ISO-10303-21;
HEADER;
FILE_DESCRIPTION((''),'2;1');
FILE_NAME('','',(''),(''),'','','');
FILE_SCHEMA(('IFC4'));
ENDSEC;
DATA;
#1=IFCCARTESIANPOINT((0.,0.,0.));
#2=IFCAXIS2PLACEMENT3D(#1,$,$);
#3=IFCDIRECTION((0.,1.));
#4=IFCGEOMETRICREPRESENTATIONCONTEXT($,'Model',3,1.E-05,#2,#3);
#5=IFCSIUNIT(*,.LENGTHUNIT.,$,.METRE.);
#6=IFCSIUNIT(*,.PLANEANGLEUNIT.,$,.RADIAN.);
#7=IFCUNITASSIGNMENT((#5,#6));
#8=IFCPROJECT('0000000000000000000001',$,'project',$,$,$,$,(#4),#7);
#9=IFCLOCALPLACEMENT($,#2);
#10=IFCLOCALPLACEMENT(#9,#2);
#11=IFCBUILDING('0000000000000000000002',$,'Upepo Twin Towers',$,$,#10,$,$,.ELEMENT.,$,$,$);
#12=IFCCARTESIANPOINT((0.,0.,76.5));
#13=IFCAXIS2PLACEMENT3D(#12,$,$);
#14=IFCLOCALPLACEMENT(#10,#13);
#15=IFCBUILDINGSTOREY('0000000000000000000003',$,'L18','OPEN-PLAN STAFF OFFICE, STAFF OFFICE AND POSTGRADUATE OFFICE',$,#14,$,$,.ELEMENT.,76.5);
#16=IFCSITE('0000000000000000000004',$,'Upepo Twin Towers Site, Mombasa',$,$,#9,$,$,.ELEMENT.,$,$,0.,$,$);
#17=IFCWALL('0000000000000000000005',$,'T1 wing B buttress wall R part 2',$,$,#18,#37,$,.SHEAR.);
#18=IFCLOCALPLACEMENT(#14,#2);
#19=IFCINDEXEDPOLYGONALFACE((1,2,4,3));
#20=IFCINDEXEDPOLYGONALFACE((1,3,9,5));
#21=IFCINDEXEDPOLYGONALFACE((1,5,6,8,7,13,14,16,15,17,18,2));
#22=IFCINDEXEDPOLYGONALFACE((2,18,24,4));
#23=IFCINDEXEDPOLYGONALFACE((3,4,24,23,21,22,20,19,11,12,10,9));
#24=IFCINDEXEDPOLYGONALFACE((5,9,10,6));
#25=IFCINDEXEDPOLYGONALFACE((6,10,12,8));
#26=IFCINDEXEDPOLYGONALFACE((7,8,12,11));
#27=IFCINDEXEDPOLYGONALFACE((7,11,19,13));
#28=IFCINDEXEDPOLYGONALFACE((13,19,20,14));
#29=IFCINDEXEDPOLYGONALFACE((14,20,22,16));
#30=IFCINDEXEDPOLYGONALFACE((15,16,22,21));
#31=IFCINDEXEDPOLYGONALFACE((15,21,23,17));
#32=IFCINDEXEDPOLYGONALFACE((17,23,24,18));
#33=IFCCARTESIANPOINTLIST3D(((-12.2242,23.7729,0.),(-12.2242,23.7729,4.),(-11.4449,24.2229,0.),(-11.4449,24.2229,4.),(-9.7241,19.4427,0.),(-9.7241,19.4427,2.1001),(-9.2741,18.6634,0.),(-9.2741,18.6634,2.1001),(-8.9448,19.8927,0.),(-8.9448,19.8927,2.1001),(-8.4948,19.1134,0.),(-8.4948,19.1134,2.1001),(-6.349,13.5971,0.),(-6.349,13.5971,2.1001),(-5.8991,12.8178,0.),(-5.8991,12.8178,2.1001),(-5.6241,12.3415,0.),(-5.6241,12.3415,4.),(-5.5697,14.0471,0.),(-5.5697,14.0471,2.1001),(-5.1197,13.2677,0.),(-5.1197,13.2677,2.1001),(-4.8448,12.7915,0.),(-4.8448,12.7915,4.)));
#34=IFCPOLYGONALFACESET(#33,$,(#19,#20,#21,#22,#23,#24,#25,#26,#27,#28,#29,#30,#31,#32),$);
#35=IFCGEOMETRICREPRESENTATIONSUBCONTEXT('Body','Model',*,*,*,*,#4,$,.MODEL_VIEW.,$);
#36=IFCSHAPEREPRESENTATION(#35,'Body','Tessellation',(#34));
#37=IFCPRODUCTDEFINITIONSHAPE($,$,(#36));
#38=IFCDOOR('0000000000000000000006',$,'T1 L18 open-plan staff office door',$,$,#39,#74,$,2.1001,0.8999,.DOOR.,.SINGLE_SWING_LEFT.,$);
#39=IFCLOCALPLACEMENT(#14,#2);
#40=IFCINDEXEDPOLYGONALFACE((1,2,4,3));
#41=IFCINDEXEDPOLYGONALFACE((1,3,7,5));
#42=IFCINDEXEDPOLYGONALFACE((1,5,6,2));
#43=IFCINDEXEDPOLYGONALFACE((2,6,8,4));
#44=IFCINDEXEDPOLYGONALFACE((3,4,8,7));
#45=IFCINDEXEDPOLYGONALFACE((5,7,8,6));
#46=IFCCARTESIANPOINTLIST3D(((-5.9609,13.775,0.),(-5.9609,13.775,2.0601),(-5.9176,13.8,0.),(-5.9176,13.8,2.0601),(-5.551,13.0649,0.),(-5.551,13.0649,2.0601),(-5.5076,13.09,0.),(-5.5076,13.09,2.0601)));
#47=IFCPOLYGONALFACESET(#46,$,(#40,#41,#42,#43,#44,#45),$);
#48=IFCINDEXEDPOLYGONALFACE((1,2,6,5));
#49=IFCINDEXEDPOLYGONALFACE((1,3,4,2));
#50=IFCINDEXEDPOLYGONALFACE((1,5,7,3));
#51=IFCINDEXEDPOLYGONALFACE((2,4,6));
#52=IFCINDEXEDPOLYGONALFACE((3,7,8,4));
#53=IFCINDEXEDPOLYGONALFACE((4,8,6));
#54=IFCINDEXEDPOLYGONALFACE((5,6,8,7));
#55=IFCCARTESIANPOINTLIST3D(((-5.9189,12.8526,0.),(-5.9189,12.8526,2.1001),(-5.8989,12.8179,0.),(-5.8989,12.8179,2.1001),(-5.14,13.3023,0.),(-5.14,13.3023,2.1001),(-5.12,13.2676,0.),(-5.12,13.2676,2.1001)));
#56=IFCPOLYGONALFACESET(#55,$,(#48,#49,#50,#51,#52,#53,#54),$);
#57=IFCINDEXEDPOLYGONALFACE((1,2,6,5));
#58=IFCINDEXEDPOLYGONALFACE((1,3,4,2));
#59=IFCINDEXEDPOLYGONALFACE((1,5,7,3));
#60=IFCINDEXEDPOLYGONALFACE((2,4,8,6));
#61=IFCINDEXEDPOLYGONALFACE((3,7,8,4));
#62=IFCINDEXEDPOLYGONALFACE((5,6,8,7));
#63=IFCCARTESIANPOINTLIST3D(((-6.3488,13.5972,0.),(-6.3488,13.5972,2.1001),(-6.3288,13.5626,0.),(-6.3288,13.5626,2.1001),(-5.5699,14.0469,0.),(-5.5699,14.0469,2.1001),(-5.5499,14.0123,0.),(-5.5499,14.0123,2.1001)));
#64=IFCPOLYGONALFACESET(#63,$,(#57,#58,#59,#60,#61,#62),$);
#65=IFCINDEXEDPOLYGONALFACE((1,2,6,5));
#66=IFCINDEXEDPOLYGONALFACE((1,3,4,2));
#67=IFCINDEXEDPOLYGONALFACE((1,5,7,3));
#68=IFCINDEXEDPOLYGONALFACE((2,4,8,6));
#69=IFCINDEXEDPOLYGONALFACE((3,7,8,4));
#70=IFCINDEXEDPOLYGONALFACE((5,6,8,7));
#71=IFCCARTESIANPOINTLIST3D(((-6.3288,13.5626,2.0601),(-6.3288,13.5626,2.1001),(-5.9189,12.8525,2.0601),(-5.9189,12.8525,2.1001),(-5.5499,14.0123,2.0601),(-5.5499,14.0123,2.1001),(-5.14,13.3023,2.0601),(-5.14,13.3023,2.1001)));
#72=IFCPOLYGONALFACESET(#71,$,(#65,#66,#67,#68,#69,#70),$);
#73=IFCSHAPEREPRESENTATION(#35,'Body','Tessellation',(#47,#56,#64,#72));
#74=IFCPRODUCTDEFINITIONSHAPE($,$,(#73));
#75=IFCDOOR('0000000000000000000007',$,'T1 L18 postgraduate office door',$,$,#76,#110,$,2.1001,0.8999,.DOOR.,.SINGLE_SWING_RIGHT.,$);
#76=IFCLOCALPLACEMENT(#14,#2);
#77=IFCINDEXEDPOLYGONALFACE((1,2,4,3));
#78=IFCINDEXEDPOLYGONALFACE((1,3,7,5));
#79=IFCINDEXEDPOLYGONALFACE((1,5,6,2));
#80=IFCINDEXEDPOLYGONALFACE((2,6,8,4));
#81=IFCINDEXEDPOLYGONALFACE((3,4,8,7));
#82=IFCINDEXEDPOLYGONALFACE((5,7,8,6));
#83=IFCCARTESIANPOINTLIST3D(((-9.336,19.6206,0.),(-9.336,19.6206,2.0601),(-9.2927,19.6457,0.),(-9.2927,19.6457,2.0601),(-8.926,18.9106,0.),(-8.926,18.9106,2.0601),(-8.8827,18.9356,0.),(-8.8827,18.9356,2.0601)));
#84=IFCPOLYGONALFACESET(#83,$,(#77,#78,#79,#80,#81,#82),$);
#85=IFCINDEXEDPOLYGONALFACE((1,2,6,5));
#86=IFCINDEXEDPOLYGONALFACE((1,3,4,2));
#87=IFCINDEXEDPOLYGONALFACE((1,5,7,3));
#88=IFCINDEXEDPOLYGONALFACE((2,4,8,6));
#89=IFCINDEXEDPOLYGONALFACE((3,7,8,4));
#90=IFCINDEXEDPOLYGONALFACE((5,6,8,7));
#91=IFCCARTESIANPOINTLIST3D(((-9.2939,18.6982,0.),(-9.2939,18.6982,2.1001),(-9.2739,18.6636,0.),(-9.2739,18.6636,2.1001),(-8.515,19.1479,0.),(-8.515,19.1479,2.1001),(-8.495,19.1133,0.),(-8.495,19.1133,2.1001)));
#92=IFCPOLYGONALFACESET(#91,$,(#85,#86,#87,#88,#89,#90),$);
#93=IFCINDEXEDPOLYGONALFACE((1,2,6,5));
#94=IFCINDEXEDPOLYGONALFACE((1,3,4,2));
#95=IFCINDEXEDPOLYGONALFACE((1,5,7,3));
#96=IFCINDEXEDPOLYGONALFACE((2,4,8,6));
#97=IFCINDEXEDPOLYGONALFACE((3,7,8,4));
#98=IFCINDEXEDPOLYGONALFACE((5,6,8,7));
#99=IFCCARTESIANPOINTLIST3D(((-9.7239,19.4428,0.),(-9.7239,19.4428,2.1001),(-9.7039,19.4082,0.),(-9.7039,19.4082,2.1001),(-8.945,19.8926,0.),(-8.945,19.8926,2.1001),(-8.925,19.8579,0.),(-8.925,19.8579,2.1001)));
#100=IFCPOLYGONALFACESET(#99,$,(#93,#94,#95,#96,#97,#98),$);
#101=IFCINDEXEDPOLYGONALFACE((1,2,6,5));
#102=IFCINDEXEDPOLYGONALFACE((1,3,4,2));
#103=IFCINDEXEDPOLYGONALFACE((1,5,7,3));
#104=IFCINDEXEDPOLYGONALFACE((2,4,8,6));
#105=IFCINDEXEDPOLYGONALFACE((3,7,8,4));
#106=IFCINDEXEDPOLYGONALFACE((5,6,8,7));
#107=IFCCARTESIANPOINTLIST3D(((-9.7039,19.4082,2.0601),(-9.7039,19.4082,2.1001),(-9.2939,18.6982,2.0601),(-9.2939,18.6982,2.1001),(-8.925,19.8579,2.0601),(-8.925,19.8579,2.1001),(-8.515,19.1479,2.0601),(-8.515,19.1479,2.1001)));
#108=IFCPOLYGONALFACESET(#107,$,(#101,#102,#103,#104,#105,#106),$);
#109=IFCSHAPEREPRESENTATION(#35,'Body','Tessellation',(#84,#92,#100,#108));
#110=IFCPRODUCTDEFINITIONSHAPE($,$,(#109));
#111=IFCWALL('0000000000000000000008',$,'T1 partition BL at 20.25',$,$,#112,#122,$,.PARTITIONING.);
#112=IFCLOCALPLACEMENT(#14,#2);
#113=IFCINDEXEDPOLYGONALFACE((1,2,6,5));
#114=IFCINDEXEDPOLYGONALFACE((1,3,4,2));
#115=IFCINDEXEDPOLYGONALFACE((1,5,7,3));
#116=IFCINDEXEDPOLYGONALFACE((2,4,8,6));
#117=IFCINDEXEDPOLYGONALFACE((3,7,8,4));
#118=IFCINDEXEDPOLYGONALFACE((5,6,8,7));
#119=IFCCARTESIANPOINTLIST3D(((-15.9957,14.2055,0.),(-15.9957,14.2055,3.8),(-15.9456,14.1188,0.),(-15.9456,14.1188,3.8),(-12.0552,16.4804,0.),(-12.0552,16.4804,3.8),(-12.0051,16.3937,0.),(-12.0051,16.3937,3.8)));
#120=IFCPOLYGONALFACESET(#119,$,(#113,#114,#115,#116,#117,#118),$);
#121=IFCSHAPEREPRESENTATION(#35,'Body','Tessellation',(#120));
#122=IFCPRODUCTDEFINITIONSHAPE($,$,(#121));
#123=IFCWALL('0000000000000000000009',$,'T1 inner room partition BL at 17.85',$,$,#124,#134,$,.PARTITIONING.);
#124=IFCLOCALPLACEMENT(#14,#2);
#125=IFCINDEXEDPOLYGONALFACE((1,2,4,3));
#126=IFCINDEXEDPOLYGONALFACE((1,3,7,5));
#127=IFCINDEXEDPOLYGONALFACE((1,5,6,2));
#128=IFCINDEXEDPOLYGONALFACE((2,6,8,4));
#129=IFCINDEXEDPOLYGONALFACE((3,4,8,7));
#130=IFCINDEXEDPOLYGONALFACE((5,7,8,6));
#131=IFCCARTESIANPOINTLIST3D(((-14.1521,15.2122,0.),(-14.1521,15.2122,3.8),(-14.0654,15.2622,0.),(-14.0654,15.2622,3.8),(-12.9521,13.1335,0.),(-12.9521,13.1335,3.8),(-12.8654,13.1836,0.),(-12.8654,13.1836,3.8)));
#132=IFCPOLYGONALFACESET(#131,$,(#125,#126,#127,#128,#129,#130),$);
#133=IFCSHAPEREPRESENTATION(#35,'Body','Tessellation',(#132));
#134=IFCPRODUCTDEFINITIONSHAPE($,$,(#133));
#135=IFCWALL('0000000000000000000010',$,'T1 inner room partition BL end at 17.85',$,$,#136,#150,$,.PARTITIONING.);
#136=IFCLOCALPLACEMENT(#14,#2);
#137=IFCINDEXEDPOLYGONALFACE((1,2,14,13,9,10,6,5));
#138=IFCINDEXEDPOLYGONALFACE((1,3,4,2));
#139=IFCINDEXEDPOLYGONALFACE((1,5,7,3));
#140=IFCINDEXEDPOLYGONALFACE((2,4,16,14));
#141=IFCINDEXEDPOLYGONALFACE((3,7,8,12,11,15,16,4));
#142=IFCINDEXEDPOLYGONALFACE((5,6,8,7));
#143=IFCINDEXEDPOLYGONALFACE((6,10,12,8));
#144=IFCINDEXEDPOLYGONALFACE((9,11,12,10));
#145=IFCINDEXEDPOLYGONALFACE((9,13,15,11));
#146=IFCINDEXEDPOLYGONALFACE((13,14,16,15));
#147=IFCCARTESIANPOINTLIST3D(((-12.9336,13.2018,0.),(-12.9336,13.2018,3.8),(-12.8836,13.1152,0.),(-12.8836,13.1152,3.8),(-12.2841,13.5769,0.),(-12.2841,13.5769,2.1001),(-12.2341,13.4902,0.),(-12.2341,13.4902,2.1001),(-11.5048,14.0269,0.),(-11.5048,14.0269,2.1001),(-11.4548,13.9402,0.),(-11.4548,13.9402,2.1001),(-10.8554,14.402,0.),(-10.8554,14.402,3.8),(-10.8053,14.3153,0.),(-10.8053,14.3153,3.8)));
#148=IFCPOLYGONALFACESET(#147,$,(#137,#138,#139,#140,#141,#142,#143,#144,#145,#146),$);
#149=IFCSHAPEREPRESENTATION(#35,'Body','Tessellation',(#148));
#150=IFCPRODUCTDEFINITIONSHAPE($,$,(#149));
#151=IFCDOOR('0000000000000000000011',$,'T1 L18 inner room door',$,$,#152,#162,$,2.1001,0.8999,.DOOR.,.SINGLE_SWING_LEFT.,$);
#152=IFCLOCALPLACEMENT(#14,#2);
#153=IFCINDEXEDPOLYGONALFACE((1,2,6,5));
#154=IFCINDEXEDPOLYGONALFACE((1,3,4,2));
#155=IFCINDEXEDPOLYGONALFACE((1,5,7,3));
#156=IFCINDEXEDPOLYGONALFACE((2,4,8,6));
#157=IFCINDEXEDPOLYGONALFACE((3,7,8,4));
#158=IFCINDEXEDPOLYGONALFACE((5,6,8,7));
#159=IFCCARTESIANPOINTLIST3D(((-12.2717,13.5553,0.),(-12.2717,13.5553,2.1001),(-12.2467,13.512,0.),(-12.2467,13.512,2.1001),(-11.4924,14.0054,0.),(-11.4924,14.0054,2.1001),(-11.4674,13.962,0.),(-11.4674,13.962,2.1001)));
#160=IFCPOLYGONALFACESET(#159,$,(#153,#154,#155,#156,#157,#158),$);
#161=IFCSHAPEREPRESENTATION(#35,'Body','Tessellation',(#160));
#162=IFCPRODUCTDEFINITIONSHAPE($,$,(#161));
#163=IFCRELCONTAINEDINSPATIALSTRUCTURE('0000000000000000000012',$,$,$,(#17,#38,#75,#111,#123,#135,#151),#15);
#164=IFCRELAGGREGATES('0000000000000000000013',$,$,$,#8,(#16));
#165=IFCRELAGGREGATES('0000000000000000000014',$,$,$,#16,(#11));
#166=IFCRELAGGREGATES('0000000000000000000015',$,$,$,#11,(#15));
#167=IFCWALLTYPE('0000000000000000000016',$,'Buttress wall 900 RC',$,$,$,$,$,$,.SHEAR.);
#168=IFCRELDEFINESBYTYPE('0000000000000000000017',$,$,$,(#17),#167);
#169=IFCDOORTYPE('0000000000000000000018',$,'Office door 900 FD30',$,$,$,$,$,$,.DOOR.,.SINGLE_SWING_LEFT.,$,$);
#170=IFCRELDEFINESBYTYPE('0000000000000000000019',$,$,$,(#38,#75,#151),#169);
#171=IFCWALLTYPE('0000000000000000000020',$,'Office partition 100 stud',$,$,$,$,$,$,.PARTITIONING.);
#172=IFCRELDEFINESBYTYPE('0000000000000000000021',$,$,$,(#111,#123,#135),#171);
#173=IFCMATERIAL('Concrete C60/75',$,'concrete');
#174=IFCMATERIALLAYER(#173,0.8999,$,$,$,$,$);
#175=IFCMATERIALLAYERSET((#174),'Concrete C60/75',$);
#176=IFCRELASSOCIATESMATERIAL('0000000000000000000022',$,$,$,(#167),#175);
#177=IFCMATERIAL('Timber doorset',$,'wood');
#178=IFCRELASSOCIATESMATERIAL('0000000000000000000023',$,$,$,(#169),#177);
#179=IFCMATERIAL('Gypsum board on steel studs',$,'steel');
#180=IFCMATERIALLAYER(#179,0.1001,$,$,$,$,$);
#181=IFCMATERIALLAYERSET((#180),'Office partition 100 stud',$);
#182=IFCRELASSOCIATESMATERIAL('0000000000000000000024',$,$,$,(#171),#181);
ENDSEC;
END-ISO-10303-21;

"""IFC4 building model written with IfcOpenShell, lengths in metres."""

from ifc_helpers import new_model, si_unit, direction, frame, frame_2d, origin, place, context, subcontext, project, spatial, rectangle, extrude, material, layer, layer_set, type_object, element, fill, save


model = new_model("IFC4")

# Units and contexts
model_context = context("Model", 3, precision=1e-05, world=origin(), true_north=direction((0.0, 1.0)))
body_context = subcontext(model_context, "Body", "Model", "MODEL_VIEW")
ifc_project = project(units=[si_unit("LENGTHUNIT", "METRE"), si_unit("PLANEANGLEUNIT", "RADIAN")], contexts=[model_context])

# Site, building, storey
site_placement = place(None, origin())
site = spatial("IfcSite", under=ifc_project, at=site_placement, Name="Upepo Twin Towers Site, Mombasa", CompositionType="ELEMENT", RefElevation=0.0)
building_placement = place(site_placement, origin())
building = spatial("IfcBuilding", under=site, at=building_placement, Name="Upepo Twin Towers", CompositionType="ELEMENT")
storey_placement = place(building_placement, frame((0.0, 0.0, 76.5)))
storey = spatial("IfcBuildingStorey", under=building, at=storey_placement, Name="L18", Description="OPEN-PLAN STAFF OFFICE, STAFF OFFICE AND POSTGRADUATE OFFICE", CompositionType="ELEMENT", Elevation=76.5)

# Wall, openings, doors
ifc_material_1 = material(Name="Concrete C60/75", Category="concrete")
ifc_layer_1 = layer(ifc_material_1, 0.8999)
ifc_layer_set_1 = layer_set([ifc_layer_1], Name="Concrete C60/75")
wall_type_1 = type_object("IfcWallType", Name="Buttress wall 900 RC", PredefinedType="SHEAR", material=ifc_layer_set_1)
ifc_material_2 = material(Name="Timber doorset", Category="wood")
door_type = type_object("IfcDoorType", Name="Office door 900 FD30", OperationType="SINGLE_SWING_LEFT", PredefinedType="DOOR", material=ifc_material_2)
wall_1_placement = place(storey_placement, frame((-5.2344, 12.5664, 0.0), z_axis=(0.0, 0.0, 1.0), x_axis=(-0.50001, 0.86602, 0.0)))
wall_1 = element("IfcWall", 1, at=wall_1_placement, inside=storey, type_object=wall_type_1, Name="T1 wing B buttress wall R part 2", PredefinedType="SHEAR", context=body_context, shape_type="SweptSolid", body=[
    extrude(rectangle(XDim=13.2, YDim=0.8999, at=frame_2d((6.6001, 0.0))), origin(), (0.0, 0.0, 1.0), 4.0),
])
opening_1_placement = place(wall_1_placement, frame((0.55, 0.0, 0.0)))
opening_1 = element("IfcOpeningElement", 2, at=opening_1_placement, cuts=wall_1, PredefinedType="OPENING", context=body_context, shape_type="SweptSolid", body=[
    extrude(rectangle(XDim=0.8999, YDim=2.1001, at=frame_2d((0.45, 1.05))), frame((0.0, 0.46, 0.0), z_axis=(0.0, -1.0, 0.0), x_axis=(1.0, 0.0, 0.0)), (0.0, 0.0, 1.0), 0.9199),
])
opening_2_placement = place(wall_1_placement, frame((7.3, 0.0, 0.0)))
opening_2 = element("IfcOpeningElement", 3, at=opening_2_placement, cuts=wall_1, PredefinedType="OPENING", context=body_context, shape_type="SweptSolid", body=[
    extrude(rectangle(XDim=0.8999, YDim=2.1001, at=frame_2d((0.45, 1.05))), frame((0.0, 0.46, 0.0), z_axis=(0.0, -1.0, 0.0), x_axis=(1.0, 0.0, 0.0)), (0.0, 0.0, 1.0), 0.9199),
])
door_1_placement = place(opening_1_placement, origin())
door_1 = element("IfcDoor", 4, at=door_1_placement, inside=storey, type_object=door_type, Name="T1 L18 open-plan staff office door", OperationType="SINGLE_SWING_LEFT", OverallHeight=2.1001, OverallWidth=0.8999, PredefinedType="DOOR", context=body_context, shape_type="SweptSolid", body=[
    extrude(rectangle(XDim=0.8199, YDim=2.0601, at=frame_2d((0.45, 1.03))), frame((0.0, 0.0249, 0.0), z_axis=(0.0, -1.0, 0.0), x_axis=(1.0, 0.0, 0.0)), (0.0, 0.0, 1.0), 0.05),
    extrude(rectangle(XDim=0.04, YDim=2.1001, at=frame_2d((0.02, 1.05))), frame((0.0, 0.4497, 0.0), z_axis=(0.0, -1.0, 0.0), x_axis=(1.0, 0.0, 0.0)), (0.0, 0.0, 1.0), 0.8994),
    extrude(rectangle(XDim=0.04, YDim=2.1001, at=frame_2d((0.8799, 1.05))), frame((0.0, 0.4497, 0.0), z_axis=(0.0, -1.0, 0.0), x_axis=(1.0, 0.0, 0.0)), (0.0, 0.0, 1.0), 0.8994),
    extrude(rectangle(XDim=0.8199, YDim=0.04, at=frame_2d((0.45, 2.0801))), frame((0.0, 0.4497, 0.0), z_axis=(0.0, -1.0, 0.0), x_axis=(1.0, 0.0, 0.0)), (0.0, 0.0, 1.0), 0.8994),
])
fill(opening_1, door_1)
door_2_placement = place(opening_2_placement, origin())
door_2 = element("IfcDoor", 5, at=door_2_placement, inside=storey, type_object=door_type, Name="T1 L18 postgraduate office door", OperationType="SINGLE_SWING_RIGHT", OverallHeight=2.1001, OverallWidth=0.8999, PredefinedType="DOOR", context=body_context, shape_type="SweptSolid", body=[
    extrude(rectangle(XDim=0.8199, YDim=2.0601, at=frame_2d((0.45, 1.03))), frame((0.0, 0.0249, 0.0), z_axis=(0.0, -1.0, 0.0), x_axis=(1.0, 0.0, 0.0)), (0.0, 0.0, 1.0), 0.05),
    extrude(rectangle(XDim=0.04, YDim=2.1001, at=frame_2d((0.02, 1.05))), frame((0.0, 0.4497, 0.0), z_axis=(0.0, -1.0, 0.0), x_axis=(1.0, 0.0, 0.0)), (0.0, 0.0, 1.0), 0.8994),
    extrude(rectangle(XDim=0.04, YDim=2.1001, at=frame_2d((0.8799, 1.05))), frame((0.0, 0.4497, 0.0), z_axis=(0.0, -1.0, 0.0), x_axis=(1.0, 0.0, 0.0)), (0.0, 0.0, 1.0), 0.8994),
    extrude(rectangle(XDim=0.8199, YDim=0.04, at=frame_2d((0.45, 2.0801))), frame((0.0, 0.4497, 0.0), z_axis=(0.0, -1.0, 0.0), x_axis=(1.0, 0.0, 0.0)), (0.0, 0.0, 1.0), 0.8994),
])
fill(opening_2, door_2)

# Walls
ifc_material_3 = material(Name="Gypsum board on steel studs", Category="steel")
ifc_layer_2 = layer(ifc_material_3, 0.1001)
ifc_layer_set_2 = layer_set([ifc_layer_2], Name="Office partition 100 stud")
wall_type_2 = type_object("IfcWallType", Name="Office partition 100 stud", PredefinedType="PARTITIONING", material=ifc_layer_set_2)
wall_2_placement = place(storey_placement, frame((-12.0303, 16.437, 0.0), z_axis=(0.0, 0.0, 1.0), x_axis=(-0.866035, -0.499983, 0.0)))
element("IfcWall", 6, at=wall_2_placement, inside=storey, type_object=wall_type_2, Name="T1 partition BL at 20.25", PredefinedType="PARTITIONING", context=body_context, shape_type="SweptSolid", body=[
    extrude(rectangle(XDim=4.55, YDim=0.1001, at=frame_2d((2.2749, 0.0))), origin(), (0.0, 0.0, 1.0), 3.8),
])
wall_3_placement = place(storey_placement, frame((-12.9087, 13.1584, 0.0), z_axis=(0.0, 0.0, 1.0), x_axis=(-0.499957, 0.86605, 0.0)))
element("IfcWall", 7, at=wall_3_placement, inside=storey, type_object=wall_type_2, Name="T1 inner room partition BL at 17.85", PredefinedType="PARTITIONING", context=body_context, shape_type="SweptSolid", body=[
    extrude(rectangle(XDim=2.4001, YDim=0.1001, at=frame_2d((1.2002, 0.0))), origin(), (0.0, 0.0, 1.0), 3.8),
])

# Wall, opening, door
wall_4_placement = place(storey_placement, frame((-10.8303, 14.3586, 0.0), z_axis=(0.0, 0.0, 1.0), x_axis=(-0.865981, -0.500078, 0.0)))
wall_4 = element("IfcWall", 8, at=wall_4_placement, inside=storey, type_object=wall_type_2, Name="T1 inner room partition BL end at 17.85", PredefinedType="PARTITIONING", context=body_context, shape_type="SweptSolid", body=[
    extrude(rectangle(XDim=2.3999, YDim=0.1001, at=frame_2d((1.2, 0.0))), origin(), (0.0, 0.0, 1.0), 3.8),
])
opening_3_placement = place(wall_4_placement, frame((0.75, 0.0, 0.0)))
opening_3 = element("IfcOpeningElement", 9, at=opening_3_placement, cuts=wall_4, PredefinedType="OPENING", context=body_context, shape_type="SweptSolid", body=[
    extrude(rectangle(XDim=0.8999, YDim=2.1001, at=frame_2d((0.45, 1.05))), frame((0.0, 0.0601, 0.0), z_axis=(0.0, -1.0, 0.0), x_axis=(1.0, 0.0, 0.0)), (0.0, 0.0, 1.0), 0.1201),
])
door_3_placement = place(opening_3_placement, origin())
door_3 = element("IfcDoor", 10, at=door_3_placement, inside=storey, type_object=door_type, Name="T1 L18 inner room door", OperationType="SINGLE_SWING_LEFT", OverallHeight=2.1001, OverallWidth=0.8999, PredefinedType="DOOR", context=body_context, shape_type="SweptSolid", body=[
    extrude(rectangle(XDim=0.8999, YDim=2.1001, at=frame_2d((0.45, 1.05))), frame((0.0, 0.0249, 0.0), z_axis=(0.0, -1.0, 0.0), x_axis=(1.0, 0.0, 0.0)), (0.0, 0.0, 1.0), 0.05),
])
fill(opening_3, door_3)

save(model, "model.ifc")
